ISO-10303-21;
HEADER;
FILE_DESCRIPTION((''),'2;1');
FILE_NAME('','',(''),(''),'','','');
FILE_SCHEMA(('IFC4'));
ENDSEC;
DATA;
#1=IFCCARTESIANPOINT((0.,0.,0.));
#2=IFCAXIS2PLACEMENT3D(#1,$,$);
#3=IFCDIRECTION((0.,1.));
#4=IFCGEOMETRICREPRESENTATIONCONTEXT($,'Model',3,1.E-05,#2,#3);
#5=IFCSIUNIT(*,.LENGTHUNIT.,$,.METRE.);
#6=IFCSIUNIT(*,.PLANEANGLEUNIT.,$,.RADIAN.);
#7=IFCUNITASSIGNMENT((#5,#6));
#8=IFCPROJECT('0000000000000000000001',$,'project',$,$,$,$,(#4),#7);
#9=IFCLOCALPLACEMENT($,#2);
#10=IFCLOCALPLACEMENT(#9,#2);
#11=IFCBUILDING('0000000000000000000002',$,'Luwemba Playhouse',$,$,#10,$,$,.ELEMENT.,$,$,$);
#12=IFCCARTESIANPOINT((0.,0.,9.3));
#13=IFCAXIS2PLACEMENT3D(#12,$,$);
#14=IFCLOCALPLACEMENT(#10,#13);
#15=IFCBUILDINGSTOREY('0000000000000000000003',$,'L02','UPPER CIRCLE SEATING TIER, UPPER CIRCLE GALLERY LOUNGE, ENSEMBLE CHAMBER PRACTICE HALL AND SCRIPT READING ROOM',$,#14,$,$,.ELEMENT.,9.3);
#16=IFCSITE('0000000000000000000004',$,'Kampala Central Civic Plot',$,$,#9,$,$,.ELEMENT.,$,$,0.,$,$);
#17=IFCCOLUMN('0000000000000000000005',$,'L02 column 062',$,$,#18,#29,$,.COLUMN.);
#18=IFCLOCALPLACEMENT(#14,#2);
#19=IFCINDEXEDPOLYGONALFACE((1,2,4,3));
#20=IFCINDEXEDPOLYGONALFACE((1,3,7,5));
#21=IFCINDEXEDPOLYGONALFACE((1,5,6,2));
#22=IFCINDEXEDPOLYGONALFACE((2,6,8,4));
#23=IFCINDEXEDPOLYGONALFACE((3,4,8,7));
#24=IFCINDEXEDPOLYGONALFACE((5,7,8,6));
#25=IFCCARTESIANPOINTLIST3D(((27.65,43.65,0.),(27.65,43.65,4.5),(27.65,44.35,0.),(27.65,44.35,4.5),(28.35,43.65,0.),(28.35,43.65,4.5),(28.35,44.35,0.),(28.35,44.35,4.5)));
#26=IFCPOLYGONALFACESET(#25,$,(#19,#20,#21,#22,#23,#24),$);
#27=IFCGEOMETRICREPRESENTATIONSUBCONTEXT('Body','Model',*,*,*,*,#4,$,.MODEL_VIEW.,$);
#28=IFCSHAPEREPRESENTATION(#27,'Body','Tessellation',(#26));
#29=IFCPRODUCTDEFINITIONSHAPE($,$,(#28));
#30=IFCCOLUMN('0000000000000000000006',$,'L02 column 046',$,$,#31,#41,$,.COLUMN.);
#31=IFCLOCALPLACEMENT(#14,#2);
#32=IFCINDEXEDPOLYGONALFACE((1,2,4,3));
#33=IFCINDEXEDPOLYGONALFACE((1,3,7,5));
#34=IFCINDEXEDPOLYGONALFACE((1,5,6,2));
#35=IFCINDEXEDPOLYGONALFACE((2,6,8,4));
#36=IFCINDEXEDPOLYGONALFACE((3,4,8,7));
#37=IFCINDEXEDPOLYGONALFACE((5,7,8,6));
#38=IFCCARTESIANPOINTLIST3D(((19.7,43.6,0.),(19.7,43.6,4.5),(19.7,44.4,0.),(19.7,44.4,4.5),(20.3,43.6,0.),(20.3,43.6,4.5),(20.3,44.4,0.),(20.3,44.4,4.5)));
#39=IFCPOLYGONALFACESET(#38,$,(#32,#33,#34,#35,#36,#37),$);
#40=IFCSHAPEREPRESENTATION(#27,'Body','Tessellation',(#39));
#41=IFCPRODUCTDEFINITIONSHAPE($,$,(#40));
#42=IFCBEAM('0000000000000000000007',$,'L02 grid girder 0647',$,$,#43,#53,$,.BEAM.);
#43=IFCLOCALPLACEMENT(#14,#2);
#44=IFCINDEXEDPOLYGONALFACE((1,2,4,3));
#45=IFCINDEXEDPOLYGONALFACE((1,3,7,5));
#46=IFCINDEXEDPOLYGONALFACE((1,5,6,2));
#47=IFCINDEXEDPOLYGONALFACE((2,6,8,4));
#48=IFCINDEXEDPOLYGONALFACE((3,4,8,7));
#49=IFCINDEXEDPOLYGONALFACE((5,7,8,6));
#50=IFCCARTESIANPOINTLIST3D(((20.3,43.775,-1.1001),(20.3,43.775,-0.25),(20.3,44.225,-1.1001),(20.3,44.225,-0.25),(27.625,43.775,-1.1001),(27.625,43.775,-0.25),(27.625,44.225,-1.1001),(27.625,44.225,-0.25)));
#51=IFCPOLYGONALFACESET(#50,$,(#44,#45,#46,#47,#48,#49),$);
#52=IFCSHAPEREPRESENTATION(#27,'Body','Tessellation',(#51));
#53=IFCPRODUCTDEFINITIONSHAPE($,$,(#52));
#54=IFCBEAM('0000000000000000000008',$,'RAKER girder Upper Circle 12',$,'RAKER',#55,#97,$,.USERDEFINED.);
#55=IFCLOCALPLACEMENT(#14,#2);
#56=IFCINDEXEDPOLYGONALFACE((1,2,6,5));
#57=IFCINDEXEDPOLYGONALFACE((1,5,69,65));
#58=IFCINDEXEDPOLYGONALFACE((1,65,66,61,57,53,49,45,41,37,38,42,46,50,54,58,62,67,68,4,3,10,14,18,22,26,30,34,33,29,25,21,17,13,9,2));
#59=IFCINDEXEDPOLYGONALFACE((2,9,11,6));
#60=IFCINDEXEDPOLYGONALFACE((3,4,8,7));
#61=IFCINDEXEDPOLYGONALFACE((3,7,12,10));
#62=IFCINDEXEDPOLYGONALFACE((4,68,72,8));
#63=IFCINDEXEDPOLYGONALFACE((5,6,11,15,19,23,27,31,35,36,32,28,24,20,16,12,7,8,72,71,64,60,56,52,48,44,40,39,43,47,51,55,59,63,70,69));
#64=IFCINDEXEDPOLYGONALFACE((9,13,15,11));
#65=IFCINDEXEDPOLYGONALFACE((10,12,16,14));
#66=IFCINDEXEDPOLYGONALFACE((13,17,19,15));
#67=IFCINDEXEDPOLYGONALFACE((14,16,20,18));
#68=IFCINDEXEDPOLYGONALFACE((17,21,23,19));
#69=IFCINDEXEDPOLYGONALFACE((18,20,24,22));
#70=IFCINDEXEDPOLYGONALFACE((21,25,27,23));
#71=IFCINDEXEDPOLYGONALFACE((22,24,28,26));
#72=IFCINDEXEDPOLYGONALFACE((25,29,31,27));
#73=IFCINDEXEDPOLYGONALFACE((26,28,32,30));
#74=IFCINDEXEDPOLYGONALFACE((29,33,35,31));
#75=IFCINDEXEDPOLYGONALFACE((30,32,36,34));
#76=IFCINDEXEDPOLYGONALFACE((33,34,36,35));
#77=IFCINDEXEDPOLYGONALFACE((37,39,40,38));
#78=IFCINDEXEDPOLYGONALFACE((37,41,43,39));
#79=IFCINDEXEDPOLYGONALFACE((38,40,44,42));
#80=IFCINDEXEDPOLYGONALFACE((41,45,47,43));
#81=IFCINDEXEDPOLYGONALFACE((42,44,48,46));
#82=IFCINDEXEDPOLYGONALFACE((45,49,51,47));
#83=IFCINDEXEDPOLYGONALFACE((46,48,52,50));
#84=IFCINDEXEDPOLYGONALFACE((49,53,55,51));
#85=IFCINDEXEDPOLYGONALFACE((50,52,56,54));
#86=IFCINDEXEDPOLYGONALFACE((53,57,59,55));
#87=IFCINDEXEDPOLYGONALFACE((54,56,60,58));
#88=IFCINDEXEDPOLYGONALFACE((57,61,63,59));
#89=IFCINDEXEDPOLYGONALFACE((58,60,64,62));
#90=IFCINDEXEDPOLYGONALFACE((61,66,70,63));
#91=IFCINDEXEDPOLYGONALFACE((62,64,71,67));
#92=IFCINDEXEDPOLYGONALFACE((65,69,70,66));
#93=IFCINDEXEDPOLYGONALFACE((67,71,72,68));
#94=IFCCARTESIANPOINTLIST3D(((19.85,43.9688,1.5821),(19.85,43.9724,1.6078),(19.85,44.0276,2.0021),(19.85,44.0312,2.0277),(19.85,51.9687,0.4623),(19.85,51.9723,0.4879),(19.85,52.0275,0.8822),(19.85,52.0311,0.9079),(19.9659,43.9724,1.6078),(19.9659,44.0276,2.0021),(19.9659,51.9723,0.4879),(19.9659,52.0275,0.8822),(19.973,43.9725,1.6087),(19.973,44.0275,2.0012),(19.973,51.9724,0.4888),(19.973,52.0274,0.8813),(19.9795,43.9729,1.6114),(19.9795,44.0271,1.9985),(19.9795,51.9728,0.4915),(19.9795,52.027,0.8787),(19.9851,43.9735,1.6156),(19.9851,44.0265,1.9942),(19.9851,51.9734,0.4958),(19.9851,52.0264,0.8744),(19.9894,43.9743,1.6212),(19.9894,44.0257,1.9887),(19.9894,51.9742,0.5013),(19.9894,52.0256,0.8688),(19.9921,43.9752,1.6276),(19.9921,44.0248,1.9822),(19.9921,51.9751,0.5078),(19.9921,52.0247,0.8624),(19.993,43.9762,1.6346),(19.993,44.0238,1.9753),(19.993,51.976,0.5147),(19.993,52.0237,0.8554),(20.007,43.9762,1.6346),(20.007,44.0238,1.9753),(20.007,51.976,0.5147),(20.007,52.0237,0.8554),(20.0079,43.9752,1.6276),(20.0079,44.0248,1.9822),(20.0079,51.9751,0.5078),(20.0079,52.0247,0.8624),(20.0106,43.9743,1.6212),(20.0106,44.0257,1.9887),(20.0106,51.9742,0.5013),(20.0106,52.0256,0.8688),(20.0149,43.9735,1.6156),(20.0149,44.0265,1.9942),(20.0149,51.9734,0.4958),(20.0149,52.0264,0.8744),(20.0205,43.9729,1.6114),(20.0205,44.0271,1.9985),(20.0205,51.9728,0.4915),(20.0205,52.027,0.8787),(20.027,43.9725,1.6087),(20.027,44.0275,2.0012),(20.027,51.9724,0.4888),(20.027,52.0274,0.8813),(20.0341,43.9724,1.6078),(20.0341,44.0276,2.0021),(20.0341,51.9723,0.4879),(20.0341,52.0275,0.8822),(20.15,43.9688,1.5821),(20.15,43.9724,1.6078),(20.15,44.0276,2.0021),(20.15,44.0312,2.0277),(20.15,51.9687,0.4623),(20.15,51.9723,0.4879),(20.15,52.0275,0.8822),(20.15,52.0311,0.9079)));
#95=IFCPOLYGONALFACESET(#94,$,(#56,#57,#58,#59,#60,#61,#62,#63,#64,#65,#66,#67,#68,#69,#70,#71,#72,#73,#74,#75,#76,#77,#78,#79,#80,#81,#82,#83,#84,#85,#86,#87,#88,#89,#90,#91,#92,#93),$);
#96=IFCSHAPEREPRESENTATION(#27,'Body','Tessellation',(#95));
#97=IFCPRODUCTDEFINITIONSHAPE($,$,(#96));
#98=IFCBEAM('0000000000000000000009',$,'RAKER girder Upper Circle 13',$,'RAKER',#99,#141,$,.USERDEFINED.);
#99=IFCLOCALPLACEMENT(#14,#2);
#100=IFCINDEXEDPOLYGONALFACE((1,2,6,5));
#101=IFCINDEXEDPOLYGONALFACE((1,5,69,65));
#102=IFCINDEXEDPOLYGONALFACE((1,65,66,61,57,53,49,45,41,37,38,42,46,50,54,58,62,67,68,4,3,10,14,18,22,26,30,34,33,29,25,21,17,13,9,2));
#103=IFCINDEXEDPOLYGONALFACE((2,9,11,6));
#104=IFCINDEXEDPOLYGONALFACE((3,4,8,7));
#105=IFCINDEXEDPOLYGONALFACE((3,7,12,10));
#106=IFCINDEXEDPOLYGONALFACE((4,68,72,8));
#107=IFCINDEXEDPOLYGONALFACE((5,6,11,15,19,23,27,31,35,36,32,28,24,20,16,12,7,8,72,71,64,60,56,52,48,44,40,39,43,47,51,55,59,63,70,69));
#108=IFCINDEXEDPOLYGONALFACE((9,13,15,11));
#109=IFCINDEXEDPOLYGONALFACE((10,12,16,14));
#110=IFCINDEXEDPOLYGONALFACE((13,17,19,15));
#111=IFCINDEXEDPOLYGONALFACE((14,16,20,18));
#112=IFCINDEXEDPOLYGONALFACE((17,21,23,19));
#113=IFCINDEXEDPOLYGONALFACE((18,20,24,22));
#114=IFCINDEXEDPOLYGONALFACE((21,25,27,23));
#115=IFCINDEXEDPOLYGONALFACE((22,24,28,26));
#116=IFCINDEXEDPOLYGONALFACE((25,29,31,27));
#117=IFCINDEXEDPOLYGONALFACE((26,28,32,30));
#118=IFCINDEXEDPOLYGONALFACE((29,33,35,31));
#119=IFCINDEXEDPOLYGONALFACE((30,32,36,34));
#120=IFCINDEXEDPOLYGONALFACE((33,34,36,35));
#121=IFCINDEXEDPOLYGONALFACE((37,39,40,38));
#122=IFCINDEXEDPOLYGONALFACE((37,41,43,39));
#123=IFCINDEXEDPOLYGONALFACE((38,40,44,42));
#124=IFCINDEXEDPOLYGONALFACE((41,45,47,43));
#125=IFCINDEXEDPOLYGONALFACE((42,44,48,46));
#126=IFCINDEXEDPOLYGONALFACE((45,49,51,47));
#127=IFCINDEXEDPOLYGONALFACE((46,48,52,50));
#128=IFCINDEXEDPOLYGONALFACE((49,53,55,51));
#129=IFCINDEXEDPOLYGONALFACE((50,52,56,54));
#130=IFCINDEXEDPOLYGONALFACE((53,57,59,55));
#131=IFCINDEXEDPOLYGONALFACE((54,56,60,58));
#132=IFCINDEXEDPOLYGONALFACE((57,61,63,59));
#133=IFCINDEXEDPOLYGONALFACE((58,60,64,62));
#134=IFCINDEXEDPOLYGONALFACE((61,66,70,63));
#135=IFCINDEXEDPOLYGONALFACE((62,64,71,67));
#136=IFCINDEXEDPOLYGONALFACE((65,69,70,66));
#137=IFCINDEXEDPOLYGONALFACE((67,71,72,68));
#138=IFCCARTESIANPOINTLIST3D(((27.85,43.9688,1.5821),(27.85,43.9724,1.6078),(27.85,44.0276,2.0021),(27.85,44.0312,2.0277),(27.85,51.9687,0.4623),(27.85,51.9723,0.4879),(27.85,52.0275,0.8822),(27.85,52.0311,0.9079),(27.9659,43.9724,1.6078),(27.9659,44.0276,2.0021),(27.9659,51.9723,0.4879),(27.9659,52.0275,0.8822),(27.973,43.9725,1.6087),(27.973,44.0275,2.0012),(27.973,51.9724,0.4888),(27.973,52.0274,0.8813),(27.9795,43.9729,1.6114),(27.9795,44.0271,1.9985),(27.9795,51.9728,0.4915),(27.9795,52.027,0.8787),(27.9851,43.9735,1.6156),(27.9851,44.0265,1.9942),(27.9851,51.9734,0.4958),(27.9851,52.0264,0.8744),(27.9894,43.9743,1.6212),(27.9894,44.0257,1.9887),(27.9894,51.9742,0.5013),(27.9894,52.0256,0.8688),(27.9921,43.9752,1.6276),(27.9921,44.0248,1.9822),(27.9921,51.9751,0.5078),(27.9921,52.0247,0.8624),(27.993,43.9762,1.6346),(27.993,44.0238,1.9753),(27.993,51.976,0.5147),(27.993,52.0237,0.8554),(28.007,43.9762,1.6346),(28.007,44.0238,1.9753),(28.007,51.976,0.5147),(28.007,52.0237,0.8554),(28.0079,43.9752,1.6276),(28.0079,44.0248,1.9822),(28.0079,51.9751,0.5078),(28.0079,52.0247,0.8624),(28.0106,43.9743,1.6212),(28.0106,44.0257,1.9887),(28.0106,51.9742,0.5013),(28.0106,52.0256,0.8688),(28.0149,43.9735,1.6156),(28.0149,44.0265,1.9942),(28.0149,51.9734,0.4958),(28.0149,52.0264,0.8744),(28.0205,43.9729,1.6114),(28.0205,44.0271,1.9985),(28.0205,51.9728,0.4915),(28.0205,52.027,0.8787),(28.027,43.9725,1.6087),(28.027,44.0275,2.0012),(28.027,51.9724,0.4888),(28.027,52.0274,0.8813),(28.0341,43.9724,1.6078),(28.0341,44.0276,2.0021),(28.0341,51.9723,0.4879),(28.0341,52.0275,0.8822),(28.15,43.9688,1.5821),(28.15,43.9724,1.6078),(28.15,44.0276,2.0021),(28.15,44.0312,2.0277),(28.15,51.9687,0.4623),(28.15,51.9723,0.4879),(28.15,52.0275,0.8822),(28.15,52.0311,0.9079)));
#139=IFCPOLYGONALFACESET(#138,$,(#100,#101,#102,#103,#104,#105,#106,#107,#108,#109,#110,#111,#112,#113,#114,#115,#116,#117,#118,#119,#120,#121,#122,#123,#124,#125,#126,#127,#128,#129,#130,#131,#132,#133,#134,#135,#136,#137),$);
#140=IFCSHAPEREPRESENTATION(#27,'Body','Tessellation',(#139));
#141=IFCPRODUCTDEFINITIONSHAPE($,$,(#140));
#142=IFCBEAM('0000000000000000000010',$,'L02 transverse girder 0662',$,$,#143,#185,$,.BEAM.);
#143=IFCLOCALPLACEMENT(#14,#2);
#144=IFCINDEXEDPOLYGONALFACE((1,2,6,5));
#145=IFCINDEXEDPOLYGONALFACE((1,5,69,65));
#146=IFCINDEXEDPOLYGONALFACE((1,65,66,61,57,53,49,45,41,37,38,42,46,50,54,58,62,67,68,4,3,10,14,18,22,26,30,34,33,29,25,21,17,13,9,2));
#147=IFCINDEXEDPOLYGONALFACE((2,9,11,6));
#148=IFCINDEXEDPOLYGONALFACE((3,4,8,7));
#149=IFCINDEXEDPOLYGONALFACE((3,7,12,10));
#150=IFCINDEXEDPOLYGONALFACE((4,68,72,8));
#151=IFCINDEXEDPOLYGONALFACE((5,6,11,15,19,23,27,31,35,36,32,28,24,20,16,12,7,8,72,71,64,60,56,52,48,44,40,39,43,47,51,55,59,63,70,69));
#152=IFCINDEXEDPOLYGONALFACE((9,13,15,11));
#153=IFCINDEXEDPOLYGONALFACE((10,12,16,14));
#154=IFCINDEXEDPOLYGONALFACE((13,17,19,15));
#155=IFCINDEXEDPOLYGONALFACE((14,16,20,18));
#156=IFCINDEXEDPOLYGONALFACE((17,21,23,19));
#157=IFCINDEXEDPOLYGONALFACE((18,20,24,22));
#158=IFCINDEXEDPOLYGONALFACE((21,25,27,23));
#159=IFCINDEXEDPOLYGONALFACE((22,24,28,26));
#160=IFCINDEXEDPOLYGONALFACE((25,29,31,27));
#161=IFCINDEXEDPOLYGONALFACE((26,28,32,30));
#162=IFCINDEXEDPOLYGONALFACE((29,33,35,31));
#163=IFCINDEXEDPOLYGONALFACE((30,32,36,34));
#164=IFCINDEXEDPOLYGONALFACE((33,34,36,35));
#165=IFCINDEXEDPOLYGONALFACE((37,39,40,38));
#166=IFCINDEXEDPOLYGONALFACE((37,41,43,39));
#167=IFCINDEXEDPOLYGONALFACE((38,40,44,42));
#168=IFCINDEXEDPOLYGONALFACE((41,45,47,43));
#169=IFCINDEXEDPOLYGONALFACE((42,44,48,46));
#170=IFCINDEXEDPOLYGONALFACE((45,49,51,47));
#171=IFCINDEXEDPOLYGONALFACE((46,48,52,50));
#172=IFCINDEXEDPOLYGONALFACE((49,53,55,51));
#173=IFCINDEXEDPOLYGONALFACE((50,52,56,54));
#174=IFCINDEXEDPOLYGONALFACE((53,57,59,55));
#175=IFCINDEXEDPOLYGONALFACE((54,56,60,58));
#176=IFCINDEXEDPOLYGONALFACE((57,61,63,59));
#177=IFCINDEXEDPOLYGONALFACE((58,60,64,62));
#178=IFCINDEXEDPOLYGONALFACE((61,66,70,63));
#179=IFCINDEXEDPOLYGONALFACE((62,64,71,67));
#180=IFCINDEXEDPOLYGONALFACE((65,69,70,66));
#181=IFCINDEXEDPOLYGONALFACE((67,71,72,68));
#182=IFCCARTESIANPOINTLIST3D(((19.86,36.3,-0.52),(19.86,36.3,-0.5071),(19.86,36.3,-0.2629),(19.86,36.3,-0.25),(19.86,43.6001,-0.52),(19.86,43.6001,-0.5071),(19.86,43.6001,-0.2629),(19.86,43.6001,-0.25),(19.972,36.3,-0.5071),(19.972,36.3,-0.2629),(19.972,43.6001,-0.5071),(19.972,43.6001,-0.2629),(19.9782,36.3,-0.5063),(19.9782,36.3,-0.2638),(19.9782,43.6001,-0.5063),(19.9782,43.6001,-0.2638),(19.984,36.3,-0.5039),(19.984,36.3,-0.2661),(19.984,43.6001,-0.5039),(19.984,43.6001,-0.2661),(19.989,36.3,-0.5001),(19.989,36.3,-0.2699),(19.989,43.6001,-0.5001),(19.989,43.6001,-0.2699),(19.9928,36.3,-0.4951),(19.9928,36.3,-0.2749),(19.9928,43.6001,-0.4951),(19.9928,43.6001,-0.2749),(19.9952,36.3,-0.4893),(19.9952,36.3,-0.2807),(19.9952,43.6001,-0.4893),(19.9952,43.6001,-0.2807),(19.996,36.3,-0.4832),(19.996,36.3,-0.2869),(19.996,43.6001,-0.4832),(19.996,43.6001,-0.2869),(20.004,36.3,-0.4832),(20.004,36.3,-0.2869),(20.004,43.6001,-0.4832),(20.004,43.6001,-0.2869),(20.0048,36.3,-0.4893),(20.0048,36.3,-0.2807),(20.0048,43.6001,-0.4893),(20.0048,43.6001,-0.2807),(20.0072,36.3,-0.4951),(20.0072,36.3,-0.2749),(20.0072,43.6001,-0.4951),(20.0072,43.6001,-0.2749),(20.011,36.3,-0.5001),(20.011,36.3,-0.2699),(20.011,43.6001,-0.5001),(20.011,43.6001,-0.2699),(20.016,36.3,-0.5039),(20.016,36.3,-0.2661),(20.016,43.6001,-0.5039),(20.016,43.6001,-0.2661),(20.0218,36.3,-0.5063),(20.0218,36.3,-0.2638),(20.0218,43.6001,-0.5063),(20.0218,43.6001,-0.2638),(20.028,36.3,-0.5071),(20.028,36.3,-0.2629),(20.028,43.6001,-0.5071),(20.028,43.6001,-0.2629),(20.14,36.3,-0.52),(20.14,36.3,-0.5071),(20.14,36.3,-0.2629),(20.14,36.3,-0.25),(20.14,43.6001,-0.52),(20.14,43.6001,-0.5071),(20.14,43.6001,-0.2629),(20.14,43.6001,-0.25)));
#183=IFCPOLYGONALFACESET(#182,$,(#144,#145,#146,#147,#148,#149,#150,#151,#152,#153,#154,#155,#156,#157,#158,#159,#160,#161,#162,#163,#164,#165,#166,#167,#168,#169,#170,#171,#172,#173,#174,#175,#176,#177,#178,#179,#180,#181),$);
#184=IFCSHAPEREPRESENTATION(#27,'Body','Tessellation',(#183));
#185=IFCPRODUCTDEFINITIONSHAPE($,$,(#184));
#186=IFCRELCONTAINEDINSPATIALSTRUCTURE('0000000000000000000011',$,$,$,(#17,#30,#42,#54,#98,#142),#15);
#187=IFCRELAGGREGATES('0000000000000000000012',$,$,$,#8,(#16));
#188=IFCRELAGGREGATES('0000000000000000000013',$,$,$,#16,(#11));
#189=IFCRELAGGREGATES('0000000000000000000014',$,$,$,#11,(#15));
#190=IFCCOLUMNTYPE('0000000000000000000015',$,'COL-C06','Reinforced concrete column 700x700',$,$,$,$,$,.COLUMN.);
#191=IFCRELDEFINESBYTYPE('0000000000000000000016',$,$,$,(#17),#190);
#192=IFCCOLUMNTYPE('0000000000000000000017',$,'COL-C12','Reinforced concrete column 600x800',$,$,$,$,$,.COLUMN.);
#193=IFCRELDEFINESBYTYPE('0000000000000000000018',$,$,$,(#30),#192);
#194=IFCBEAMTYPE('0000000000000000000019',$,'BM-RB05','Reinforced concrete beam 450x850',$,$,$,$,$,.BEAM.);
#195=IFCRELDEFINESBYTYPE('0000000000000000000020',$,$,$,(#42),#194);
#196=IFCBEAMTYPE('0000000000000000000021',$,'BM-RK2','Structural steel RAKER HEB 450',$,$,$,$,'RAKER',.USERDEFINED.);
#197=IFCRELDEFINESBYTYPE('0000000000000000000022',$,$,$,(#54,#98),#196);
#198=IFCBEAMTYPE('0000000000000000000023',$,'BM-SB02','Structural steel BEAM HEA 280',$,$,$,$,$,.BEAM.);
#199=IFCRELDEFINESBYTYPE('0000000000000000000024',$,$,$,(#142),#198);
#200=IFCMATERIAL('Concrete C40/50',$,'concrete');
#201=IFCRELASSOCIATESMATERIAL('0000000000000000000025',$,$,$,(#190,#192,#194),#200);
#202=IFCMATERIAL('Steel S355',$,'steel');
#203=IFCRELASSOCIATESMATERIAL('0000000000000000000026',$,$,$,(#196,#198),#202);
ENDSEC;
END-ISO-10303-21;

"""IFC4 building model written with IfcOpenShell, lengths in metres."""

from ifc_helpers import new_model, si_unit, direction, frame, origin, origin_2d, place, context, subcontext, project, spatial, rectangle, i_section, extrude, material, material_profile, profile_set, type_object, element, save


model = new_model("IFC4")

# Units and contexts
model_context = context("Model", 3, precision=1e-05, world=origin(), true_north=direction((0.0, 1.0)))
body_context = subcontext(model_context, "Body", "Model", "MODEL_VIEW")
ifc_project = project(units=[si_unit("LENGTHUNIT", "METRE"), si_unit("PLANEANGLEUNIT", "RADIAN")], contexts=[model_context])

# Site, building, storey
site_placement = place(None, origin())
site = spatial("IfcSite", under=ifc_project, at=site_placement, Name="Kampala Central Civic Plot", CompositionType="ELEMENT", RefElevation=0.0)
building_placement = place(site_placement, origin())
building = spatial("IfcBuilding", under=site, at=building_placement, Name="Luwemba Playhouse", CompositionType="ELEMENT")
storey_placement = place(building_placement, frame((0.0, 0.0, 9.3)))
storey = spatial("IfcBuildingStorey", under=building, at=storey_placement, Name="L02", Description="UPPER CIRCLE SEATING TIER, UPPER CIRCLE GALLERY LOUNGE, ENSEMBLE CHAMBER PRACTICE HALL AND SCRIPT READING ROOM", CompositionType="ELEMENT", Elevation=9.3)

# Columns
ifc_material_1 = material(Name="Concrete C40/50", Category="concrete")
ifc_material_profile_1 = material_profile(ifc_material_1, rectangle(XDim=0.7, YDim=0.7, at=origin_2d()))
ifc_profile_set_1 = profile_set([ifc_material_profile_1], Name="Concrete C40/50")
column_type_1 = type_object("IfcColumnType", Name="COL-C06", Description="Reinforced concrete column 700x700", PredefinedType="COLUMN", material=ifc_profile_set_1)
column_1_placement = place(storey_placement, frame((28.0, 44.0, 0.0), z_axis=(0.0, 0.0, 1.0), x_axis=(1.0, 0.0, 0.0)))
element("IfcColumn", 1, at=column_1_placement, inside=storey, type_object=column_type_1, Name="L02 column 062", PredefinedType="COLUMN", context=body_context, shape_type="SweptSolid", body=[
    extrude(rectangle(XDim=0.7, YDim=0.7, at=origin_2d()), origin(), (0.0, 0.0, 1.0), 4.5),
])
ifc_material_profile_2 = material_profile(ifc_material_1, rectangle(XDim=0.6001, YDim=0.8, at=origin_2d()))
ifc_profile_set_2 = profile_set([ifc_material_profile_2], Name="Concrete C40/50")
column_type_2 = type_object("IfcColumnType", Name="COL-C12", Description="Reinforced concrete column 600x800", PredefinedType="COLUMN", material=ifc_profile_set_2)
column_2_placement = place(storey_placement, frame((20.0, 44.0, 0.0), z_axis=(0.0, 0.0, 1.0), x_axis=(1.0, 0.0, 0.0)))
element("IfcColumn", 2, at=column_2_placement, inside=storey, type_object=column_type_2, Name="L02 column 046", PredefinedType="COLUMN", context=body_context, shape_type="SweptSolid", body=[
    extrude(rectangle(XDim=0.6001, YDim=0.8, at=origin_2d()), origin(), (0.0, 0.0, 1.0), 4.5),
])

# Beams
ifc_material_profile_3 = material_profile(ifc_material_1, rectangle(XDim=0.45, YDim=0.8501, at=origin_2d()))
ifc_profile_set_3 = profile_set([ifc_material_profile_3], Name="Concrete C40/50")
beam_type_1 = type_object("IfcBeamType", Name="BM-RB05", Description="Reinforced concrete beam 450x850", PredefinedType="BEAM", material=ifc_profile_set_3)
beam_1_placement = place(storey_placement, frame((20.3, 44.0, -0.675), z_axis=(1.0, 0.0, 0.0), x_axis=(0.0, 1.0, 0.0)))
element("IfcBeam", 3, at=beam_1_placement, inside=storey, type_object=beam_type_1, Name="L02 grid girder 0647", PredefinedType="BEAM", context=body_context, shape_type="SweptSolid", body=[
    extrude(rectangle(XDim=0.45, YDim=0.8501, at=origin_2d()), origin(), (0.0, 0.0, 1.0), 7.325),
])
ifc_material_2 = material(Name="Steel S355", Category="steel")
ifc_material_profile_4 = material_profile(ifc_material_2, i_section(OverallWidth=0.3, OverallDepth=0.45, WebThickness=0.0139, FlangeThickness=0.0259, FilletRadius=0.0271, at=origin_2d()))
ifc_profile_set_4 = profile_set([ifc_material_profile_4], Name="Steel S355")
beam_type_2 = type_object("IfcBeamType", Name="BM-RK2", Description="Structural steel RAKER HEB 450", ElementType="RAKER", PredefinedType="USERDEFINED", material=ifc_profile_set_4)
for number, where, z_axis, x_axis, name in (
    (4, (20.0, 44.0, 1.8049), (0.0, 0.990344, -0.138632), (-1.0, 0.0, 0.0), "RAKER girder Upper Circle 12"),
    (5, (28.0, 44.0, 1.8049), (0.0, 0.990344, -0.138632), (-1.0, 0.0, 0.0), "RAKER girder Upper Circle 13"),
):
    element("IfcBeam", number, at=place(storey_placement, frame(where, z_axis=z_axis, x_axis=x_axis)), inside=storey, type_object=beam_type_2, Name=name, ObjectType="RAKER", PredefinedType="USERDEFINED", context=body_context, shape_type="SweptSolid", body=[
        extrude(i_section(OverallWidth=0.3, OverallDepth=0.45, WebThickness=0.0139, FlangeThickness=0.0259, FilletRadius=0.0271, at=origin_2d()), origin(), (0.0, 0.0, 1.0), 8.0779),
    ])
ifc_material_profile_5 = material_profile(ifc_material_2, i_section(OverallWidth=0.28, OverallDepth=0.27, WebThickness=0.0081, FlangeThickness=0.0129, FilletRadius=0.0239, at=origin_2d()))
ifc_profile_set_5 = profile_set([ifc_material_profile_5], Name="Steel S355")
beam_type_3 = type_object("IfcBeamType", Name="BM-SB02", Description="Structural steel BEAM HEA 280", PredefinedType="BEAM", material=ifc_profile_set_5)
beam_2_placement = place(storey_placement, frame((20.0, 36.3, -0.385), z_axis=(0.0, 1.0, 0.0), x_axis=(-1.0, 0.0, 0.0)))
element("IfcBeam", 6, at=beam_2_placement, inside=storey, type_object=beam_type_3, Name="L02 transverse girder 0662", PredefinedType="BEAM", context=body_context, shape_type="SweptSolid", body=[
    extrude(i_section(OverallWidth=0.28, OverallDepth=0.27, WebThickness=0.0081, FlangeThickness=0.0129, FilletRadius=0.0239, at=origin_2d()), origin(), (0.0, 0.0, 1.0), 7.3),
])

save(model, "model.ifc")
